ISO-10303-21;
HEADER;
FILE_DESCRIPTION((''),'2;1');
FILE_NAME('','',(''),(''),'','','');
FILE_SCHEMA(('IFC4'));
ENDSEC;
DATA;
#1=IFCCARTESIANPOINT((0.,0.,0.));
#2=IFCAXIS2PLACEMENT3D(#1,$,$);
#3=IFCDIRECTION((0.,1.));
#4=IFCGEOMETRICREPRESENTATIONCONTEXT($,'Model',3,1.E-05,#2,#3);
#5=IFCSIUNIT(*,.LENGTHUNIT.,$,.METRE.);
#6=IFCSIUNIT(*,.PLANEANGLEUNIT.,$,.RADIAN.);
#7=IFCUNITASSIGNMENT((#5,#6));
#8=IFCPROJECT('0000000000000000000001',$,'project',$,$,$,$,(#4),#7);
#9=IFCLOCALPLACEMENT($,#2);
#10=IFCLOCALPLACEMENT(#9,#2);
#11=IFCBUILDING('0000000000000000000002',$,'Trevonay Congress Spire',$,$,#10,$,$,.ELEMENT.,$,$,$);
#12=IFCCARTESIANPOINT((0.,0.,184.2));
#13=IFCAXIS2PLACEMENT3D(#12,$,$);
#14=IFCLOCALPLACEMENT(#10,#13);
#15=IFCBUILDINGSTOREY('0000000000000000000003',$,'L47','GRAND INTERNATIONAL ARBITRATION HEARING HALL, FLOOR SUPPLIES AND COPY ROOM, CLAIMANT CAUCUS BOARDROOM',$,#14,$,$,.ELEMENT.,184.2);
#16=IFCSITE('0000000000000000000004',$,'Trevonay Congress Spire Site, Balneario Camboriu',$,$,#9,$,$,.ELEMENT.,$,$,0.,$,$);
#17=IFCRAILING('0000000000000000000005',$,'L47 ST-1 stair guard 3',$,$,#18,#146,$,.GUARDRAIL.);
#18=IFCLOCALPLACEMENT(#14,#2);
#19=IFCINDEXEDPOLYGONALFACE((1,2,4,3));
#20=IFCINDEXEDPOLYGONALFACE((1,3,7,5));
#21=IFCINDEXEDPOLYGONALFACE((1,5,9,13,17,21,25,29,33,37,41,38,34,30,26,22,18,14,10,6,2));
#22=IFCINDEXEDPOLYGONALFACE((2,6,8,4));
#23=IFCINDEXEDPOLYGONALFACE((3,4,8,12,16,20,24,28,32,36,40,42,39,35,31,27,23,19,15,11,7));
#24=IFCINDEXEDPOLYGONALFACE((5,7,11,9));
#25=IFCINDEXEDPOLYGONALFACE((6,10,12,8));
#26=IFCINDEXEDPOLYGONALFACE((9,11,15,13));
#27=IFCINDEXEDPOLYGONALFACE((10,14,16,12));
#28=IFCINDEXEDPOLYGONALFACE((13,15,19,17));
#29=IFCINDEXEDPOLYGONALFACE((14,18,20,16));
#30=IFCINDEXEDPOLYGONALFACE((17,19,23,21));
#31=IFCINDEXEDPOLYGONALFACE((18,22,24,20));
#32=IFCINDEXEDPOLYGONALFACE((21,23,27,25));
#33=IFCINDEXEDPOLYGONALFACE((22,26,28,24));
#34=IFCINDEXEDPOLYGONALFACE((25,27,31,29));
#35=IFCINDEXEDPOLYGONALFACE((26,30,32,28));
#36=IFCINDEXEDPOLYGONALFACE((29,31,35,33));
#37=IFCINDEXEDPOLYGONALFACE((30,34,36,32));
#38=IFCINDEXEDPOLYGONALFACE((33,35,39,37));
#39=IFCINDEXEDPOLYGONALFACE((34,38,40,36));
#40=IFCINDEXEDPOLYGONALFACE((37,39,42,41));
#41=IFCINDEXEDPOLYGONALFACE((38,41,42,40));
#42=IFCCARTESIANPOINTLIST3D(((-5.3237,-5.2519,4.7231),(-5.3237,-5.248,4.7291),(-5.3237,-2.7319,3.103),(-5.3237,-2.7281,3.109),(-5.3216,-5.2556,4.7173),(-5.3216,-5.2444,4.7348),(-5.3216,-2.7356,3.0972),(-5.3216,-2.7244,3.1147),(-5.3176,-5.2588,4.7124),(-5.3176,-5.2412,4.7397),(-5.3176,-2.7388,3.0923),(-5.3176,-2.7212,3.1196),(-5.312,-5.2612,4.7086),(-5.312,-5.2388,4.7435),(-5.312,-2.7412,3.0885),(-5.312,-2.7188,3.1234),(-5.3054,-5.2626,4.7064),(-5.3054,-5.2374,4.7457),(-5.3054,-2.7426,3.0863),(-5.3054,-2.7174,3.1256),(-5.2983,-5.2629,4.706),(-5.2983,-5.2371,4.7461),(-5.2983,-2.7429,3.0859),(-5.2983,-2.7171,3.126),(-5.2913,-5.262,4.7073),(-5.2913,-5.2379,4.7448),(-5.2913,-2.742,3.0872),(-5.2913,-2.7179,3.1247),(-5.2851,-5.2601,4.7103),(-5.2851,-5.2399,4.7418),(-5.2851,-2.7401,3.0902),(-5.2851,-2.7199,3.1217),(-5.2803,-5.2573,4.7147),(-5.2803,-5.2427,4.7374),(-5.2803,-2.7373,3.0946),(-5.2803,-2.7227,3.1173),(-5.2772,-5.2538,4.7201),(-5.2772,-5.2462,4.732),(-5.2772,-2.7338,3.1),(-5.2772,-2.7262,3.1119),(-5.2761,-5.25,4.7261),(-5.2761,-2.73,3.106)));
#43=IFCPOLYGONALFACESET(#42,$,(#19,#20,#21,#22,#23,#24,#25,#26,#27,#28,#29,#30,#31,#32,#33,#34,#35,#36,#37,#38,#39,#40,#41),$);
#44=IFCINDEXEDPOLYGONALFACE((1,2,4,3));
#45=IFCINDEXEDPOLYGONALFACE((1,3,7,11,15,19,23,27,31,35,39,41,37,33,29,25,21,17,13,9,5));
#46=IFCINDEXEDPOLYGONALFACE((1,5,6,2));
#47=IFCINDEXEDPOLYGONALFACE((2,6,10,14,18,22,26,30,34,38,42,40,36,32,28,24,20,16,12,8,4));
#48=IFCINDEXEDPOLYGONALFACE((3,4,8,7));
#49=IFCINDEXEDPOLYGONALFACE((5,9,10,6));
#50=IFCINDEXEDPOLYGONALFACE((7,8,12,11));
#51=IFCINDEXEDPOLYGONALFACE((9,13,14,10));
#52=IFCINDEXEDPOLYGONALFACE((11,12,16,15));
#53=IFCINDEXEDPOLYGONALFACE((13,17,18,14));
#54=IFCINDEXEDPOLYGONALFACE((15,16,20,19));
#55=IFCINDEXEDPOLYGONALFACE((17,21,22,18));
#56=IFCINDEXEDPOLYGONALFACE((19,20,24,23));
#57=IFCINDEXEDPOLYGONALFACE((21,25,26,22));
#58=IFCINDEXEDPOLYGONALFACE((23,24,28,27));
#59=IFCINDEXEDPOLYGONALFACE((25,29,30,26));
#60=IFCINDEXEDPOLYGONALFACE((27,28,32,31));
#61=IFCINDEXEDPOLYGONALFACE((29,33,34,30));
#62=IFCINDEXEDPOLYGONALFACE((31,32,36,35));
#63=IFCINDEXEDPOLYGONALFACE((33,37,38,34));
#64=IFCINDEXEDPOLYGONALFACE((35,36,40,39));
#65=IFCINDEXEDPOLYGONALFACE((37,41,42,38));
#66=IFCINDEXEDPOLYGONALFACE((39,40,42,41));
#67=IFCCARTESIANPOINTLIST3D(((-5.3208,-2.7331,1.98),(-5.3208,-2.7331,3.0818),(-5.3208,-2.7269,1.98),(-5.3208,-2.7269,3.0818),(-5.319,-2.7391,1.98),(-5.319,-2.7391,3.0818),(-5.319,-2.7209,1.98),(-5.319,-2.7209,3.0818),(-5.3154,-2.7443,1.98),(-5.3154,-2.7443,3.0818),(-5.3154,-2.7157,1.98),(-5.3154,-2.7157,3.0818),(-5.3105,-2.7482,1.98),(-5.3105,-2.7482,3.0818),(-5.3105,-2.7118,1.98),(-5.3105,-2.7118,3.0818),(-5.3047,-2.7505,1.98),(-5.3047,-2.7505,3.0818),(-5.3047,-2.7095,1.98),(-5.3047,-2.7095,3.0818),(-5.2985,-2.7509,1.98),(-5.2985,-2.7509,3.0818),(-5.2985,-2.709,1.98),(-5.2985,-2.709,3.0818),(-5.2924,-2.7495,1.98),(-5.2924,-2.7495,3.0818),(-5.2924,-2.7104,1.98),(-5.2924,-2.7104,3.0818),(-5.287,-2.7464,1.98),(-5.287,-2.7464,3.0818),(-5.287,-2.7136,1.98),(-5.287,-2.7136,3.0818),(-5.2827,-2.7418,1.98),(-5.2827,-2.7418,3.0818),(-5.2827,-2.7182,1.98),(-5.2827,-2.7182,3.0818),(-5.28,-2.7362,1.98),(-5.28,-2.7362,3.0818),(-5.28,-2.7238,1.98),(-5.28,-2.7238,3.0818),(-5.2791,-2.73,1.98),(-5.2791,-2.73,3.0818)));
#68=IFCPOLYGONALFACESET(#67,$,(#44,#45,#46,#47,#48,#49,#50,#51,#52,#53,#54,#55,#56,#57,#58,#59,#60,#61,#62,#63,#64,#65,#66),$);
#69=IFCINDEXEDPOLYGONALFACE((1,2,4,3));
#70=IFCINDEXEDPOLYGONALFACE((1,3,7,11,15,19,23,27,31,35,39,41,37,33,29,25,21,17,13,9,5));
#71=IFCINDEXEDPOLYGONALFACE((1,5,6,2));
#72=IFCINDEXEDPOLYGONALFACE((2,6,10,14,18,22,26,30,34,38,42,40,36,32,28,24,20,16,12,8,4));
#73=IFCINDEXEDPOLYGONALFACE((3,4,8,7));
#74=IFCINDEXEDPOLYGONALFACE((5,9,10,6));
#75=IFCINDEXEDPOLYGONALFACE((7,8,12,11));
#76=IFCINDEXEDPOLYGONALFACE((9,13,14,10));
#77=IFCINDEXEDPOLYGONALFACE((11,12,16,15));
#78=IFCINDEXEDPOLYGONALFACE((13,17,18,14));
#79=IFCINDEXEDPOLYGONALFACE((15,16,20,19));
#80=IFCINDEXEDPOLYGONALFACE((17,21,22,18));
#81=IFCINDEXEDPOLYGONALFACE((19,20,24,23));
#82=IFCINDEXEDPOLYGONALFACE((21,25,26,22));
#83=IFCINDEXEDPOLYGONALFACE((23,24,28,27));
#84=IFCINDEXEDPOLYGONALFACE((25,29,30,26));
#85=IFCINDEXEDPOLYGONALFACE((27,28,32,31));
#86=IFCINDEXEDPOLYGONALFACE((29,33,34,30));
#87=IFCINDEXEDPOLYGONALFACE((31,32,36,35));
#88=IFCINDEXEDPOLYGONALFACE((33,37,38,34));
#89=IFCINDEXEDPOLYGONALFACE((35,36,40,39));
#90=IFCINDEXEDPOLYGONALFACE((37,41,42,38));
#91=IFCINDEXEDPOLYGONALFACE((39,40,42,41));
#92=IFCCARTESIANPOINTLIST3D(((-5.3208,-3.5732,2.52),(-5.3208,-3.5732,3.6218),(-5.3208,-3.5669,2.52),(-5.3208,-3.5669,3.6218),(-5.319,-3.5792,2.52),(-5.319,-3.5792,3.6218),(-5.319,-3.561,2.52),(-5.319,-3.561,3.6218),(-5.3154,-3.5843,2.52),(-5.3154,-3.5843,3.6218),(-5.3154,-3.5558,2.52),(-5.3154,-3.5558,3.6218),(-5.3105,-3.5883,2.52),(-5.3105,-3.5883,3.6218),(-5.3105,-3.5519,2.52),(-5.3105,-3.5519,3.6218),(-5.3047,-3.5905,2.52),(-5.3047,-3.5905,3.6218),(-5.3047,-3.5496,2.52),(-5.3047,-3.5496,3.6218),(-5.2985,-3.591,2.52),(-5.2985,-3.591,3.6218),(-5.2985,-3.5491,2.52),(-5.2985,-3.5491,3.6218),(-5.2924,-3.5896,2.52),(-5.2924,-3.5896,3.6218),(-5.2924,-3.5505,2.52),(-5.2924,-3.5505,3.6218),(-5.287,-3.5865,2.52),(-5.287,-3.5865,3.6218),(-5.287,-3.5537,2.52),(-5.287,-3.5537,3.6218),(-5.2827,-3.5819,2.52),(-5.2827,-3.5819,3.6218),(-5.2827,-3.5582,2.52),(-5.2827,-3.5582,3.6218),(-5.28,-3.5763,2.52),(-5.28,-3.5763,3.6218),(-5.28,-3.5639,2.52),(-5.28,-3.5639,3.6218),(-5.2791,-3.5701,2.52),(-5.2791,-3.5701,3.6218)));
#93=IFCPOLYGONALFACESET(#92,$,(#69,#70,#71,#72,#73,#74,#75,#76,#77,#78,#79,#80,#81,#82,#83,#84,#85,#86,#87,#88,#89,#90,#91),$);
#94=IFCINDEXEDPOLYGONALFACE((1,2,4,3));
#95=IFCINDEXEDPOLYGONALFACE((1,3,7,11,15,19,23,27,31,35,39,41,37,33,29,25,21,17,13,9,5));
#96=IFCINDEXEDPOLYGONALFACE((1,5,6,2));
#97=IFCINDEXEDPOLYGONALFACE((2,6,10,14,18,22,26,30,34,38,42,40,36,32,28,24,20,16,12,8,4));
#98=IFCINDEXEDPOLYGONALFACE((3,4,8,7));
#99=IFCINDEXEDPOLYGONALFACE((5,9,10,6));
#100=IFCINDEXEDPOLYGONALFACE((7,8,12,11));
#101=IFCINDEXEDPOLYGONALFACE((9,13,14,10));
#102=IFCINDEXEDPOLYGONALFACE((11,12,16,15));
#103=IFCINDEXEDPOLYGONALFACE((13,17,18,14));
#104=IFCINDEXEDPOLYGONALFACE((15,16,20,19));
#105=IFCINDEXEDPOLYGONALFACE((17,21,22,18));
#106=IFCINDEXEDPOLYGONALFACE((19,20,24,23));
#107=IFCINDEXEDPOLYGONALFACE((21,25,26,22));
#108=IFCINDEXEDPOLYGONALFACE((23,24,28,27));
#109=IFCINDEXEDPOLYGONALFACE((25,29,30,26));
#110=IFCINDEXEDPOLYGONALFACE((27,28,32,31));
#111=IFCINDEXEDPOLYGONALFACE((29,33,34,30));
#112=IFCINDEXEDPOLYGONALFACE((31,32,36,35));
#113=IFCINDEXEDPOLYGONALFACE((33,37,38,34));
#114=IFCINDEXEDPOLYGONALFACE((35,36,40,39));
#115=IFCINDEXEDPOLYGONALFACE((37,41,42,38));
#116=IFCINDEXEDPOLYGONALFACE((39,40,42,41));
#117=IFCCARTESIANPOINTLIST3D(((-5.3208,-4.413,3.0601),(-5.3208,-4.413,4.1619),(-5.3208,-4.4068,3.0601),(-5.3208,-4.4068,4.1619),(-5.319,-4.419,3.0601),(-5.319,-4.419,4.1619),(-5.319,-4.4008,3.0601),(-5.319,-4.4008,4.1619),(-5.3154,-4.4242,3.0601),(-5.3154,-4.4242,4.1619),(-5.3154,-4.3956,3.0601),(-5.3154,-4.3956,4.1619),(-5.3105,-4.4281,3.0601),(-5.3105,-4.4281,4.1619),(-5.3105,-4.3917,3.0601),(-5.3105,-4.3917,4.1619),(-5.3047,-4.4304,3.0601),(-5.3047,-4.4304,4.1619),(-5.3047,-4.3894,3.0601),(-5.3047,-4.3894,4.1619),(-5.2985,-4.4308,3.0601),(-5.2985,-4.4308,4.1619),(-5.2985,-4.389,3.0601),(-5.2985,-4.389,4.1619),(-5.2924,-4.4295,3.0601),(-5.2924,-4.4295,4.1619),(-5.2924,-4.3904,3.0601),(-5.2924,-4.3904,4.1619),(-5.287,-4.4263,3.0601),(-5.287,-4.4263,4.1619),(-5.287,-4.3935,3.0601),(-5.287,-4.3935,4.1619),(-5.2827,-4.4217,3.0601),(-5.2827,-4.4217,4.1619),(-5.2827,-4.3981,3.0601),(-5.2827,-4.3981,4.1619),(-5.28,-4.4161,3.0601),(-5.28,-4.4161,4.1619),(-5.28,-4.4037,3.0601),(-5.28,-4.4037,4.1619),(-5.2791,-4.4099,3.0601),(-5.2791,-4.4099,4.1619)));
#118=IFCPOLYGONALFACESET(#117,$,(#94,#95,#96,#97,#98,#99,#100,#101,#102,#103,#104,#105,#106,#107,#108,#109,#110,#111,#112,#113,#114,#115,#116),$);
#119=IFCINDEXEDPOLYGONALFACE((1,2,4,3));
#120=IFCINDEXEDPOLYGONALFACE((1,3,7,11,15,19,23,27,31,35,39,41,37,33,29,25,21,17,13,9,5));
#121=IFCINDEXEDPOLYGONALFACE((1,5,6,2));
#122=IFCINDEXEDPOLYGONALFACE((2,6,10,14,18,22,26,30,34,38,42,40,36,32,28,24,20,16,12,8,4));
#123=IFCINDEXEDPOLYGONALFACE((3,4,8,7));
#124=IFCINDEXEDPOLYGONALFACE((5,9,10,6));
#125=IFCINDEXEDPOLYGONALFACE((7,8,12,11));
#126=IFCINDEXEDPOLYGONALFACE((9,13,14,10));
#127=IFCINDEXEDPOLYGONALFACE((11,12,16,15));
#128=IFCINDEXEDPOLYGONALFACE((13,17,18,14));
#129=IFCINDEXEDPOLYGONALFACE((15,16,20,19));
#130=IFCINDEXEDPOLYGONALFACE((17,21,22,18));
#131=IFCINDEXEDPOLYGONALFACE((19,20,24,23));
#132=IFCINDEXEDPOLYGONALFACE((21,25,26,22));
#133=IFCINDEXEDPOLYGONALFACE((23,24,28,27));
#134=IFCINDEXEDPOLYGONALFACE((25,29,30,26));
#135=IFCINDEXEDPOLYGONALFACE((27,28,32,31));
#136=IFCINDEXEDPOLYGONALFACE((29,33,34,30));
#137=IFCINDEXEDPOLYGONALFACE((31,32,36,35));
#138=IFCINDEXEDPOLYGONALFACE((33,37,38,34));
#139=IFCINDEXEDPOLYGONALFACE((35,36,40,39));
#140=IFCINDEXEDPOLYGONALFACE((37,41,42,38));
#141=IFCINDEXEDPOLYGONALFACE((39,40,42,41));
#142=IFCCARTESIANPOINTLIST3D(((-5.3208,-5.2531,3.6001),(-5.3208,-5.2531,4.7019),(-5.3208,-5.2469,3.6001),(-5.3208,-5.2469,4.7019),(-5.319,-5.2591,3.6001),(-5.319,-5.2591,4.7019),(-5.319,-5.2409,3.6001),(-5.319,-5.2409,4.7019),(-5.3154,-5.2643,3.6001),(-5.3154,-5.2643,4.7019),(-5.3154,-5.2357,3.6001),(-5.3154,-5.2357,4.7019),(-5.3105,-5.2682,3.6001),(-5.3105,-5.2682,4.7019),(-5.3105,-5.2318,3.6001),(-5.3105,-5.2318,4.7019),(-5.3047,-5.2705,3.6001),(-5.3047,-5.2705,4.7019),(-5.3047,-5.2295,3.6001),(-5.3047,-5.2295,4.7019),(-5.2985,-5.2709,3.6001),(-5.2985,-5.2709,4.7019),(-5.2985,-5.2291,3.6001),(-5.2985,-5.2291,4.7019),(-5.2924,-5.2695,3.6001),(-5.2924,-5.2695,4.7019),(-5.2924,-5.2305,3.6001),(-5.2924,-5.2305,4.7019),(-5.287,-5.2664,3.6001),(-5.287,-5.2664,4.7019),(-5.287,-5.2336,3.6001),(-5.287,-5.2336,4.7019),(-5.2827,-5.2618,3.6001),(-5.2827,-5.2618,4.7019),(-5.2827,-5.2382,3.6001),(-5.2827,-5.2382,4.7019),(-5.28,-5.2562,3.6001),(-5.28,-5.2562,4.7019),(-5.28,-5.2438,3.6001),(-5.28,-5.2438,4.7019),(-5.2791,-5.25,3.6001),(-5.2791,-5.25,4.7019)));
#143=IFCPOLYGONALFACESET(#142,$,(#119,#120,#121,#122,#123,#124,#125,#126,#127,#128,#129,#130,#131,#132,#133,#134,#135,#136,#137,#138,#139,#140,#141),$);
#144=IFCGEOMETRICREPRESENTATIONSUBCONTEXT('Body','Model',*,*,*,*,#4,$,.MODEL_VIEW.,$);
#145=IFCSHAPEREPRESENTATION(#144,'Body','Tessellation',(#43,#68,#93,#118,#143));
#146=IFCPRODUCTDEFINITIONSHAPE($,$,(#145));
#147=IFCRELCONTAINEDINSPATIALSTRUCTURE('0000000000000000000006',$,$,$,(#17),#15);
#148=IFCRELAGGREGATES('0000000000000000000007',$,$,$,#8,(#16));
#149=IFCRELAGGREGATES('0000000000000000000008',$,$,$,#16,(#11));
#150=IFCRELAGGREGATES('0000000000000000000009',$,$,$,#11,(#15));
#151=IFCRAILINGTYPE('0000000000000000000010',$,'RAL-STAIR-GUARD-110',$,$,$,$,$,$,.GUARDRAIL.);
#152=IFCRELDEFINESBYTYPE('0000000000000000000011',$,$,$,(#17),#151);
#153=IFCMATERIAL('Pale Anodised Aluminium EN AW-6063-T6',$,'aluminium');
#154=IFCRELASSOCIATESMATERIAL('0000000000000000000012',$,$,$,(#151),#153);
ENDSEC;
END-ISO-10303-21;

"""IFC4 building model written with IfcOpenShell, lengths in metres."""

from ifc_helpers import new_model, si_unit, direction, frame, origin, origin_2d, place, context, subcontext, project, spatial, circle, extrude, material, type_object, element, save


model = new_model("IFC4")

# Units and contexts
model_context = context("Model", 3, precision=1e-05, world=origin(), true_north=direction((0.0, 1.0)))
body_context = subcontext(model_context, "Body", "Model", "MODEL_VIEW")
ifc_project = project(units=[si_unit("LENGTHUNIT", "METRE"), si_unit("PLANEANGLEUNIT", "RADIAN")], contexts=[model_context])

# Site, building, storey
site_placement = place(None, origin())
site = spatial("IfcSite", under=ifc_project, at=site_placement, Name="Trevonay Congress Spire Site, Balneario Camboriu", CompositionType="ELEMENT", RefElevation=0.0)
building_placement = place(site_placement, origin())
building = spatial("IfcBuilding", under=site, at=building_placement, Name="Trevonay Congress Spire", CompositionType="ELEMENT")
storey_placement = place(building_placement, frame((0.0, 0.0, 184.2)))
storey = spatial("IfcBuildingStorey", under=building, at=storey_placement, Name="L47", Description="GRAND INTERNATIONAL ARBITRATION HEARING HALL, FLOOR SUPPLIES AND COPY ROOM, CLAIMANT CAUCUS BOARDROOM", CompositionType="ELEMENT", Elevation=184.2)

# Shared definitions
ifc_material_1 = material(Name="Pale Anodised Aluminium EN AW-6063-T6", Category="aluminium")

# Railing
railing_type_1 = type_object("IfcRailingType", Name="RAL-STAIR-GUARD-110", PredefinedType="GUARDRAIL", material=ifc_material_1)
railing_1_placement = place(storey_placement, frame((-5.3, -2.73, 1.98)))
element("IfcRailing", 1, at=railing_1_placement, inside=storey, type_object=railing_type_1, Name="L47 ST-1 stair guard 3", PredefinedType="GUARDRAIL", context=body_context, shape_type="SweptSolid", body=[
    extrude(circle(Radius=0.0239, at=origin_2d()), frame((0.0, 0.0, 1.126), z_axis=(0.0, -0.841163, 0.540782), x_axis=(1.0, 0.0, 0.0)), (0.0, 0.0, 1.0), 2.9958),
    extrude(circle(Radius=0.021, at=origin_2d()), origin(), (0.0, 0.0, 1.0), 1.1018),
    extrude(circle(Radius=0.021, at=origin_2d()), frame((0.0, -0.8401, 0.54)), (0.0, 0.0, 1.0), 1.1018),
    extrude(circle(Radius=0.021, at=origin_2d()), frame((0.0, -1.6799, 1.0801)), (0.0, 0.0, 1.0), 1.1018),
    extrude(circle(Radius=0.021, at=origin_2d()), frame((0.0, -2.52, 1.6201)), (0.0, 0.0, 1.0), 1.1018),
])

save(model, "model.ifc")
